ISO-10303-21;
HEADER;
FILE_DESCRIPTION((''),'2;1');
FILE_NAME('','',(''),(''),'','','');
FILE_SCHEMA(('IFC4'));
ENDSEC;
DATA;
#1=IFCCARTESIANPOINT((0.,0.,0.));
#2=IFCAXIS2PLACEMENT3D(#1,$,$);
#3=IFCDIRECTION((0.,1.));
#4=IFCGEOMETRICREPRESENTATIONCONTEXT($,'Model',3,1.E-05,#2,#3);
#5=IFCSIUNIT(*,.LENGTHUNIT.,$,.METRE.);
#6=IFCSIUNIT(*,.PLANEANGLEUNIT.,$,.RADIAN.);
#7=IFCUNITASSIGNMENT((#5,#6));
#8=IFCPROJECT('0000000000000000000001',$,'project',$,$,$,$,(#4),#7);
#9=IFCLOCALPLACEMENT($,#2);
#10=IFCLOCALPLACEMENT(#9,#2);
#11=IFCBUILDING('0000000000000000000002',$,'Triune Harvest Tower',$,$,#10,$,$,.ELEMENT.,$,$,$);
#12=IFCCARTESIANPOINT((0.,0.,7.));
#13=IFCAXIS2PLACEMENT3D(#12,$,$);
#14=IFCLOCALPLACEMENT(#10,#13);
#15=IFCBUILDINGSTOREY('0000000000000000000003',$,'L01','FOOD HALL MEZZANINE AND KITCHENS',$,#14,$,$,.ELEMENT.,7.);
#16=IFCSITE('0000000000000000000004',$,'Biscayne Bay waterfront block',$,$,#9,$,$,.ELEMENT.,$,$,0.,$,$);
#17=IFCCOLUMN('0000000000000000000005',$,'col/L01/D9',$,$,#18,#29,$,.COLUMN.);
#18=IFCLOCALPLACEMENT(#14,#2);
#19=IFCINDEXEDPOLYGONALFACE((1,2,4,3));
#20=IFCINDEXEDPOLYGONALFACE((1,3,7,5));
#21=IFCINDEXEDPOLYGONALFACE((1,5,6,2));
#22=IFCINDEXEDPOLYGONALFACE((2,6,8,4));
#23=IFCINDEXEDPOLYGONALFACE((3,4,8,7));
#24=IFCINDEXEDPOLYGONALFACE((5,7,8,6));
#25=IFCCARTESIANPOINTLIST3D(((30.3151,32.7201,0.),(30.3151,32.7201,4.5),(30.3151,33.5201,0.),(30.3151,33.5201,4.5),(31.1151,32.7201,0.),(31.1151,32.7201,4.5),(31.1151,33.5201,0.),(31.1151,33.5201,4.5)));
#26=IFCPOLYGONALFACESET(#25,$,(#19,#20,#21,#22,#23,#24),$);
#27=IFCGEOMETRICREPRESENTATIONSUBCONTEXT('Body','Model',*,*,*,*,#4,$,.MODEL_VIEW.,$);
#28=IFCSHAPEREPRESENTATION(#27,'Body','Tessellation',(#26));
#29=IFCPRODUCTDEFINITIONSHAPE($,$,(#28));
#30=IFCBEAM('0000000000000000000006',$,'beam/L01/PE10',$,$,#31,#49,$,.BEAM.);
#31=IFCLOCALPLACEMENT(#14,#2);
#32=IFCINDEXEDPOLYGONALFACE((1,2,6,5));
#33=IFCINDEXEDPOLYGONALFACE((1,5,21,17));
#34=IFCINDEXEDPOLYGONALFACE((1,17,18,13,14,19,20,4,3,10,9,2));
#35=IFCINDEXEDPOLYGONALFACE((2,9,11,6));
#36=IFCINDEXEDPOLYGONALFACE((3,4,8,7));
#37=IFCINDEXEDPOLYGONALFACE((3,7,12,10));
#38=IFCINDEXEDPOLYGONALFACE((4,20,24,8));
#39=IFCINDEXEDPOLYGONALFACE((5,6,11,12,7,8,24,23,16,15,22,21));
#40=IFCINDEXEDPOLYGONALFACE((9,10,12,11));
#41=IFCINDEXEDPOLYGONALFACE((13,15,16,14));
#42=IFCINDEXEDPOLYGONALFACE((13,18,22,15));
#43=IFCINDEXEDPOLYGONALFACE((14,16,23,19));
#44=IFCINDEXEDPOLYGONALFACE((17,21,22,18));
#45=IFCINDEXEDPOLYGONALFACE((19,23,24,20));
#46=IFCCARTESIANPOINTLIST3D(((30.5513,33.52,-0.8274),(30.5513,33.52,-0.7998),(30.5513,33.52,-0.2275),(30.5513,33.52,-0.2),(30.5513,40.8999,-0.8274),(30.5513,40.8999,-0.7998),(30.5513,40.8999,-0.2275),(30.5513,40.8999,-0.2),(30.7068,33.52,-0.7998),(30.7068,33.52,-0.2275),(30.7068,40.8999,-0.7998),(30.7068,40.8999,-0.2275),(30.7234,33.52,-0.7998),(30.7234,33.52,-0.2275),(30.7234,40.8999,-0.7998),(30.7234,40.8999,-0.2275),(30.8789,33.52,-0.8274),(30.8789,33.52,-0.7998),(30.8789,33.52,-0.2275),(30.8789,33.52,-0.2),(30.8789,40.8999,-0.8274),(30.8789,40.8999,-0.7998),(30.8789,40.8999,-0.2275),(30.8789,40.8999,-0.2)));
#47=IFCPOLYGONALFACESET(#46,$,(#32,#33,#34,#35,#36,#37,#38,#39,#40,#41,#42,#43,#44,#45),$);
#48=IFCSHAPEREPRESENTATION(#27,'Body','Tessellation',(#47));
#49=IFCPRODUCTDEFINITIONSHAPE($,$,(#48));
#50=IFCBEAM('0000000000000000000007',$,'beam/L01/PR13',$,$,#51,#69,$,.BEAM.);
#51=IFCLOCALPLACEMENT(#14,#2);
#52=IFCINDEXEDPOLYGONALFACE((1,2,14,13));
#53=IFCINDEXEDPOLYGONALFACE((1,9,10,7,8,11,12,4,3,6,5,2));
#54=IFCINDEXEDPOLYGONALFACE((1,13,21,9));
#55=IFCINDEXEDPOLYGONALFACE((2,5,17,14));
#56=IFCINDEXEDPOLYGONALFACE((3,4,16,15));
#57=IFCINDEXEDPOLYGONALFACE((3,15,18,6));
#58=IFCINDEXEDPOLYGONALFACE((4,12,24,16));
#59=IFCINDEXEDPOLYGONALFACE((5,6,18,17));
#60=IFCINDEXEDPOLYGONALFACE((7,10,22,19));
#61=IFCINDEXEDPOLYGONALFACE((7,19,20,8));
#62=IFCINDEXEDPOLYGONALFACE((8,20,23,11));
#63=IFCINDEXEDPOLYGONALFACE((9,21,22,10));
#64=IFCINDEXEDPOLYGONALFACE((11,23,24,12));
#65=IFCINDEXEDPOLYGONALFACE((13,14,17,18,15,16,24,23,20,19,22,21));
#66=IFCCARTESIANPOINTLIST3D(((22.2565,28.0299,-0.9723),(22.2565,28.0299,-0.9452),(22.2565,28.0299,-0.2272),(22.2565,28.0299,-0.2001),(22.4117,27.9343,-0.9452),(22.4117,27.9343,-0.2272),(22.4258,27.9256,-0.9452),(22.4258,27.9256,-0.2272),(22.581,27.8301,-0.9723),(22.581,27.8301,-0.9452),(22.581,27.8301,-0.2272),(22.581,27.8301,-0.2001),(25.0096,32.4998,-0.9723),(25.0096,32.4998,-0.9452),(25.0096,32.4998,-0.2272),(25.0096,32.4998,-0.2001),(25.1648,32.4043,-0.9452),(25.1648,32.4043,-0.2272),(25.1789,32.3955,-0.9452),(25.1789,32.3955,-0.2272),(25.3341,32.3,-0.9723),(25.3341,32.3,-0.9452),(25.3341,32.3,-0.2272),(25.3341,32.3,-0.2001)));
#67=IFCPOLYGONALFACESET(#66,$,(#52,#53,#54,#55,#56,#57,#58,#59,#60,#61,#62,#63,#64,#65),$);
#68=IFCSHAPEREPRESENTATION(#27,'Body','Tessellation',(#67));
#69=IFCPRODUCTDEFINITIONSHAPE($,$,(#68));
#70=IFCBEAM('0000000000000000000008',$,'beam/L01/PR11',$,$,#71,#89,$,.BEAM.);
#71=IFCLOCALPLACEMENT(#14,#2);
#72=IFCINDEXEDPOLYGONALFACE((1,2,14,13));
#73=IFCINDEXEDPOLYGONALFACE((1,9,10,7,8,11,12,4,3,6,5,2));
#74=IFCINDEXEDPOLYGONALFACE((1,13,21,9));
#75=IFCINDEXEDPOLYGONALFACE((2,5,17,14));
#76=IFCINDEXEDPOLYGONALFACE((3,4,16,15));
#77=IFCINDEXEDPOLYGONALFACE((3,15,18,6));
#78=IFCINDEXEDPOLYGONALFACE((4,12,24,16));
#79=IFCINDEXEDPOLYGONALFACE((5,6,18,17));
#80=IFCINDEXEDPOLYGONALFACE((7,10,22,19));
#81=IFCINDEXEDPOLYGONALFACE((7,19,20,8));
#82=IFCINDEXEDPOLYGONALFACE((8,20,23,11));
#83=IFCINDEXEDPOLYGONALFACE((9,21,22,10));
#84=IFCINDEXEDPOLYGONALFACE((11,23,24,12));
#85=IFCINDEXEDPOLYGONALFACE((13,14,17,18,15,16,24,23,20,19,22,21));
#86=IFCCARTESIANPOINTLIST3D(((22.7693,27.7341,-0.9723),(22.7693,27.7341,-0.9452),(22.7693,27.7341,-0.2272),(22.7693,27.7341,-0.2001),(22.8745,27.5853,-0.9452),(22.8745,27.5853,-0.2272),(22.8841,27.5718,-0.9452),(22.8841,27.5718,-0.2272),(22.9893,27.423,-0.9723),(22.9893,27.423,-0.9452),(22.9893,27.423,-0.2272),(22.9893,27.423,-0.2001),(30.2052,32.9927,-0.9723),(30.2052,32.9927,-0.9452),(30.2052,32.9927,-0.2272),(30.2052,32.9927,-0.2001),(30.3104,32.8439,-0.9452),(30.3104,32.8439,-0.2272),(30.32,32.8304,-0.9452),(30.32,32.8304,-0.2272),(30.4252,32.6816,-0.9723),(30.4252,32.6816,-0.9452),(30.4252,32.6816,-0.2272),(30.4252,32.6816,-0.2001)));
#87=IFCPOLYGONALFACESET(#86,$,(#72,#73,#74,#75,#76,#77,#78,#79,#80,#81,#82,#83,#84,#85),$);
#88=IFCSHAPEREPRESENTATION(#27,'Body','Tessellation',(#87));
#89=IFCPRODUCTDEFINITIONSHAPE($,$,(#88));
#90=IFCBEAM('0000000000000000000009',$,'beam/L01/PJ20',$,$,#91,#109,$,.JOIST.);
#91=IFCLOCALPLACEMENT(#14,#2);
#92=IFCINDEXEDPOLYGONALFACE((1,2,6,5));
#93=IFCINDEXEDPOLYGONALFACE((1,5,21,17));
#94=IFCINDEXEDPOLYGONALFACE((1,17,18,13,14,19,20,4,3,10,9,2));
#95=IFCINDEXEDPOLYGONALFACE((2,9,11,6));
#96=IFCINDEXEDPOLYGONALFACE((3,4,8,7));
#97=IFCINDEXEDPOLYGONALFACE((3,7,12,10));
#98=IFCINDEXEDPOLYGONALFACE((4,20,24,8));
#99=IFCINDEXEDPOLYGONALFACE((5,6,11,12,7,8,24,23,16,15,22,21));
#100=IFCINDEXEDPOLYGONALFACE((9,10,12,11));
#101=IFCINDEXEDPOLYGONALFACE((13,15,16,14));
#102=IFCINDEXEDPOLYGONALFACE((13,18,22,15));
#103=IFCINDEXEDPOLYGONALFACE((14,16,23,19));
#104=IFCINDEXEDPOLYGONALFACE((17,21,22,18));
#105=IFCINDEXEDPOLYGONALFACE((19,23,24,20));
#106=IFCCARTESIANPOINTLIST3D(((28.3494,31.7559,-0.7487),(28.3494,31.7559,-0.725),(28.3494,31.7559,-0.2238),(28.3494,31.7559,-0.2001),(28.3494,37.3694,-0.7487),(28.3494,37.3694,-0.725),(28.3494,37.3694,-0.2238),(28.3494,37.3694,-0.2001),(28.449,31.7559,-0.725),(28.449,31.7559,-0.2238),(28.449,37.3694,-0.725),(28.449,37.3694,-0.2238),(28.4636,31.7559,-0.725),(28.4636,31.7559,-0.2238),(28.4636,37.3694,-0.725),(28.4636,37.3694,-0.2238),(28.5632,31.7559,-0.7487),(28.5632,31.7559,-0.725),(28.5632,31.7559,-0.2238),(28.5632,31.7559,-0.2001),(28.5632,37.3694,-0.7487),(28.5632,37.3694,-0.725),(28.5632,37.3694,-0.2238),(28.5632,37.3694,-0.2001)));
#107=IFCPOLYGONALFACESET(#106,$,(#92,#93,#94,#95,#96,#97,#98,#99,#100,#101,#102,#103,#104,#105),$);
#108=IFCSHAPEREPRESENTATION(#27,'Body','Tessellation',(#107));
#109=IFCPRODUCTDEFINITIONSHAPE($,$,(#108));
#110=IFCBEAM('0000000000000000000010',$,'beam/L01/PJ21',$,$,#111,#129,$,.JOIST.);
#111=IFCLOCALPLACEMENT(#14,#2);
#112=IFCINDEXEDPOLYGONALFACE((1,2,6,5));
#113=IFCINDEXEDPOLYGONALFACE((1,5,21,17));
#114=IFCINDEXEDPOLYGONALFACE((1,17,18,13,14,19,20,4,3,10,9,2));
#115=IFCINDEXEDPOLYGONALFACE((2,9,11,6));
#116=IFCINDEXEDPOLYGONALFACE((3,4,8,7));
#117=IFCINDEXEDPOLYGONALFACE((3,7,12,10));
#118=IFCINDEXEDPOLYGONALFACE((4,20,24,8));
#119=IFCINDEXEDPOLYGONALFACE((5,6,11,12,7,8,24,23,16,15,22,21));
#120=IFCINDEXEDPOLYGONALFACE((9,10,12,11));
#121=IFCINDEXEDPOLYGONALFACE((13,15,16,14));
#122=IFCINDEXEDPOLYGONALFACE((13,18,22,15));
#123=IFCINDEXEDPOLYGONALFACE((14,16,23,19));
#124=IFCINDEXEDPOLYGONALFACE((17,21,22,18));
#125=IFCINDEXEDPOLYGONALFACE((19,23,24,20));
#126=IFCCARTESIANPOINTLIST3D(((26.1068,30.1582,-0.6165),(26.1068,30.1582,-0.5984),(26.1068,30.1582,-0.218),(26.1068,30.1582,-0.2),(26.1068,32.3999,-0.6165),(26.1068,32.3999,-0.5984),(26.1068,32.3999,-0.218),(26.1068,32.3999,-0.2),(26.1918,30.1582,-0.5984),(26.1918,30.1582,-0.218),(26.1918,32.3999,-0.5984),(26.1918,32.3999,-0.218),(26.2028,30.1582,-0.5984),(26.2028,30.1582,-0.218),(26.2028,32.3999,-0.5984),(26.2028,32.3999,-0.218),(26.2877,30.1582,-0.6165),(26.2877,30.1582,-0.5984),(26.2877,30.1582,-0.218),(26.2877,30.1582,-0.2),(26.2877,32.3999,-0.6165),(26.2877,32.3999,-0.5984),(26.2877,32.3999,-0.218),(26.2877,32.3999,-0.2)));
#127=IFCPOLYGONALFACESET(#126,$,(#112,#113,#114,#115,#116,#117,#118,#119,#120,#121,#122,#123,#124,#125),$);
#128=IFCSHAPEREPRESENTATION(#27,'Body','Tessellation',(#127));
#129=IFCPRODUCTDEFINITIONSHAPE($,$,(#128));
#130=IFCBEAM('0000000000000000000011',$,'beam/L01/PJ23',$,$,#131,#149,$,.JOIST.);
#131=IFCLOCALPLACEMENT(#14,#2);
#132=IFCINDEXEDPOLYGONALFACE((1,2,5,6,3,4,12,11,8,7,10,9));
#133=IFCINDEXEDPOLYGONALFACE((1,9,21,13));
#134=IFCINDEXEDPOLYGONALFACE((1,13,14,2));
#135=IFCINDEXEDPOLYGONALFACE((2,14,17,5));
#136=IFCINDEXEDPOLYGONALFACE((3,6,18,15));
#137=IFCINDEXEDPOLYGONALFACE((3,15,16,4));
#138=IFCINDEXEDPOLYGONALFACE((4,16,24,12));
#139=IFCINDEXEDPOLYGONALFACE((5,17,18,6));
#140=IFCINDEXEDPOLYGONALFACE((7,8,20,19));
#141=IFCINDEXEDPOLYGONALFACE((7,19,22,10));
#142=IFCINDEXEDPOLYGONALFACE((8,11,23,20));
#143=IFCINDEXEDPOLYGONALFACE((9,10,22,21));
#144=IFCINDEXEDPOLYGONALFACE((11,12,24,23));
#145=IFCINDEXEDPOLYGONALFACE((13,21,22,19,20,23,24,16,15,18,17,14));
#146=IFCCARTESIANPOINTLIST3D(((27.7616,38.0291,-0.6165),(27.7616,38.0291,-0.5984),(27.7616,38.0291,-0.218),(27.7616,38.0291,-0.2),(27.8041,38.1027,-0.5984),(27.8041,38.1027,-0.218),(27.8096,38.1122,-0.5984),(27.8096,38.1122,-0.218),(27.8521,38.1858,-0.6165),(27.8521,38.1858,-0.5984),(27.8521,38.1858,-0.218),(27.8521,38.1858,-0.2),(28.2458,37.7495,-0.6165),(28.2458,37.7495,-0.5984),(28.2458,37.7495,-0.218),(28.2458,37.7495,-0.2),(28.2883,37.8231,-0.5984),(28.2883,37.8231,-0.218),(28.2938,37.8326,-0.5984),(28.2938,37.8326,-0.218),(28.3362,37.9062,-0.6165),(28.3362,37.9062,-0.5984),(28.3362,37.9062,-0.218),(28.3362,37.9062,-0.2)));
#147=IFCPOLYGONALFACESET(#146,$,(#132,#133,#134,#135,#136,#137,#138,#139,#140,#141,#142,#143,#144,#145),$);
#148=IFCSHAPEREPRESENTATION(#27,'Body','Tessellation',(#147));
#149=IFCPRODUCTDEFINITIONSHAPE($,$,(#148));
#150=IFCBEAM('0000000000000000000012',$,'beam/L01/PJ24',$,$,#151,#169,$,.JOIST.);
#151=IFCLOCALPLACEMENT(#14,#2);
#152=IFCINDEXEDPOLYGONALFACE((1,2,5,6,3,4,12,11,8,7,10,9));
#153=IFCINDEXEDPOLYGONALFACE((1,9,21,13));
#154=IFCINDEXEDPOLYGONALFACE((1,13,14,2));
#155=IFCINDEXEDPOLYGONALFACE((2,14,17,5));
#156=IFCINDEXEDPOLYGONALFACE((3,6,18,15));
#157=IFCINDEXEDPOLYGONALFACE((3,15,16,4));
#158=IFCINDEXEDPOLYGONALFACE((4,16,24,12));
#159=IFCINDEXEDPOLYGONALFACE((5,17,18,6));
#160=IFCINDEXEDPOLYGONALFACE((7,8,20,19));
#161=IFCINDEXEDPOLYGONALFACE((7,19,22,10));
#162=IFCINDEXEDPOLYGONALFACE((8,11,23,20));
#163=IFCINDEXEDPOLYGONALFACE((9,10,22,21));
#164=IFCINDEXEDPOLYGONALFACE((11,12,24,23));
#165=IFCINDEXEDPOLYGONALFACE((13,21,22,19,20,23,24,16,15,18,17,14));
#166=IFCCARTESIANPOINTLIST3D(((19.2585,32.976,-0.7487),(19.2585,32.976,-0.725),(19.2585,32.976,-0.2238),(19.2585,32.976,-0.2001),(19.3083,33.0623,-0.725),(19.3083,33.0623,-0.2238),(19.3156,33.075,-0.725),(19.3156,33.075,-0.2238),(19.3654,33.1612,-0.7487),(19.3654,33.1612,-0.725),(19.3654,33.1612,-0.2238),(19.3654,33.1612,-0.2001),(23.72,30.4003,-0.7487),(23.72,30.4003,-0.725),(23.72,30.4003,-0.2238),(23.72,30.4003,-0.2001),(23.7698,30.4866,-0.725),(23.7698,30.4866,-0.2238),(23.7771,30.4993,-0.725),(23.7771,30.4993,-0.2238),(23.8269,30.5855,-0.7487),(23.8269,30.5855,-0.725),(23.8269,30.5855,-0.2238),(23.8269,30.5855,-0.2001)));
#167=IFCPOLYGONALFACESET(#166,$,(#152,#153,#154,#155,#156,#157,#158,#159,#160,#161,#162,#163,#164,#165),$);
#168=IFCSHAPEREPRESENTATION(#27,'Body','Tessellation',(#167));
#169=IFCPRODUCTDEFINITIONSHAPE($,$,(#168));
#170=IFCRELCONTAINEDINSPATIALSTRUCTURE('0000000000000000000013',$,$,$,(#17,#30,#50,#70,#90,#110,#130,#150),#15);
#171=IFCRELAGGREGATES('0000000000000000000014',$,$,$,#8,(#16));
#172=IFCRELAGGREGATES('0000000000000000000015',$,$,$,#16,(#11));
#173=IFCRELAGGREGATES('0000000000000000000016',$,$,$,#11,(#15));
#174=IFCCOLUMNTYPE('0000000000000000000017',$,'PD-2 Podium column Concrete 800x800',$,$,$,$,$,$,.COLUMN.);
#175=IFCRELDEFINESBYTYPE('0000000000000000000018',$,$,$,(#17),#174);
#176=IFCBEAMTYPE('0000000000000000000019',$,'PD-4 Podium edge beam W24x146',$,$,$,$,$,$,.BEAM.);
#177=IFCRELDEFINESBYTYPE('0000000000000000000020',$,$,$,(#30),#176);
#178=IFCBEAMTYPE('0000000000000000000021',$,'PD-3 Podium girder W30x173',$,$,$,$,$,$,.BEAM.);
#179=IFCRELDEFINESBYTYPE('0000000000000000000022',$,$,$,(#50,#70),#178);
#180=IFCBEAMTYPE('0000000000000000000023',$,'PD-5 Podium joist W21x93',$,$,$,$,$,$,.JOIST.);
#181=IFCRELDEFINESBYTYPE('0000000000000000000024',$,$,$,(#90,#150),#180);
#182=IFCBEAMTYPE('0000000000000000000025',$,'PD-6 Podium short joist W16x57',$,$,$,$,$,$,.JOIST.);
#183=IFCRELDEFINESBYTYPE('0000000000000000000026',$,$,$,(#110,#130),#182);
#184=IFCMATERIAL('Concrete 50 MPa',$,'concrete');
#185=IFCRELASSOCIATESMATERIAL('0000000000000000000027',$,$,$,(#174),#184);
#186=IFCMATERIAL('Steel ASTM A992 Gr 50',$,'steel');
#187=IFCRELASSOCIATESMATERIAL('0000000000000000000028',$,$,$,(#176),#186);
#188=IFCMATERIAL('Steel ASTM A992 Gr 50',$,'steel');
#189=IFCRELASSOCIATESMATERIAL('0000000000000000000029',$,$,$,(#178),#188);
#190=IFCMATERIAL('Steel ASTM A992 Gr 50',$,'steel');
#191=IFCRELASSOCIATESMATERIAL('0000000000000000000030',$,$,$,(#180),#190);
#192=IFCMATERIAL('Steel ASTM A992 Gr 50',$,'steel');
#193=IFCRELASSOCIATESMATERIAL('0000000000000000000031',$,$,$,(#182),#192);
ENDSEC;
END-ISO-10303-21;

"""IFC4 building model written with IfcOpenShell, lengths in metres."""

from ifc_helpers import new_model, si_unit, direction, frame, origin, origin_2d, place, context, subcontext, project, spatial, rectangle, i_section, extrude, source, transform, mapped, material, material_profile, profile_set, type_object, element, save


model = new_model("IFC4")

# Units and contexts
model_context = context("Model", 3, precision=1e-05, world=origin(), true_north=direction((0.0, 1.0)))
body_context = subcontext(model_context, "Body", "Model", "MODEL_VIEW")
ifc_project = project(units=[si_unit("LENGTHUNIT", "METRE"), si_unit("PLANEANGLEUNIT", "RADIAN")], contexts=[model_context])

# Site, building, storey
site_placement = place(None, origin())
site = spatial("IfcSite", under=ifc_project, at=site_placement, Name="Biscayne Bay waterfront block", CompositionType="ELEMENT", RefElevation=0.0)
building_placement = place(site_placement, origin())
building = spatial("IfcBuilding", under=site, at=building_placement, Name="Triune Harvest Tower", CompositionType="ELEMENT")
storey_placement = place(building_placement, frame((0.0, 0.0, 7.0)))
storey = spatial("IfcBuildingStorey", under=building, at=storey_placement, Name="L01", Description="FOOD HALL MEZZANINE AND KITCHENS", CompositionType="ELEMENT", Elevation=7.0)

# Column
ifc_material_1 = material(Name="Concrete 50 MPa", Category="concrete")
ifc_material_profile_1 = material_profile(ifc_material_1, rectangle(XDim=0.8, YDim=0.8, at=origin_2d()), Name="Concrete 800x800")
ifc_profile_set_1 = profile_set([ifc_material_profile_1], Name="Concrete 50 MPa")
column_type = type_object("IfcColumnType", Name="PD-2 Podium column Concrete 800x800", PredefinedType="COLUMN", material=ifc_profile_set_1)
shared_shape_1 = source(origin(), body_context, "Body", "SweptSolid", [
    extrude(rectangle(XDim=0.8, YDim=0.8, at=origin_2d()), origin(), (0.0, 0.0, 1.0), 4.5),
])
column_placement = place(storey_placement, frame((30.7151, 33.1201, 0.0), z_axis=(0.0, 0.0, 1.0), x_axis=(0.0, 1.0, 0.0)))
element("IfcColumn", 1, at=column_placement, inside=storey, type_object=column_type, Name="col/L01/D9", PredefinedType="COLUMN", context=body_context, shape_type="MappedRepresentation", body=[
    mapped(shared_shape_1, transform((0.0, 0.0, 0.0), scale=1.0)),
])

# Beams
ifc_material_2 = material(Name="Steel ASTM A992 Gr 50", Category="steel")
ifc_material_profile_2 = material_profile(ifc_material_2, i_section(OverallWidth=0.3276, OverallDepth=0.6274, WebThickness=0.0166, FlangeThickness=0.0276, at=origin_2d()), Name="W24x146")
ifc_profile_set_2 = profile_set([ifc_material_profile_2], Name="Steel ASTM A992 Gr 50")
beam_type_1 = type_object("IfcBeamType", Name="PD-4 Podium edge beam W24x146", PredefinedType="BEAM", material=ifc_profile_set_2)
shared_shape_2 = source(origin(), body_context, "Body", "SweptSolid", [
    extrude(i_section(OverallWidth=0.3276, OverallDepth=0.6274, WebThickness=0.0166, FlangeThickness=0.0276, at=origin_2d()), origin(), (0.0, 0.0, 1.0), 7.3799),
])
beam_1_placement = place(storey_placement, frame((30.7151, 33.52, -0.5137), z_axis=(0.0, 1.0, 0.0), x_axis=(-1.0, 0.0, 0.0)))
element("IfcBeam", 2, at=beam_1_placement, inside=storey, type_object=beam_type_1, Name="beam/L01/PE10", PredefinedType="BEAM", context=body_context, shape_type="MappedRepresentation", body=[
    mapped(shared_shape_2, transform((0.0, 0.0, 0.0), scale=1.0)),
])
ifc_material_3 = material(Name="Steel ASTM A992 Gr 50", Category="steel")
ifc_material_profile_3 = material_profile(ifc_material_3, i_section(OverallWidth=0.3811, OverallDepth=0.7722, WebThickness=0.0166, FlangeThickness=0.0271, at=origin_2d()), Name="W30x173")
ifc_profile_set_3 = profile_set([ifc_material_profile_3], Name="Steel ASTM A992 Gr 50")
beam_type_2 = type_object("IfcBeamType", Name="PD-3 Podium girder W30x173", PredefinedType="BEAM", material=ifc_profile_set_3)
shared_shape_3 = source(origin(), body_context, "Body", "SweptSolid", [
    extrude(i_section(OverallWidth=0.3811, OverallDepth=0.7722, WebThickness=0.0166, FlangeThickness=0.0271, at=origin_2d()), origin(), (0.0, 0.0, 1.0), 5.2498),
])
beam_2_placement = place(storey_placement, frame((25.1719, 32.3999, -0.5862), z_axis=(-0.524432, -0.851452, 0.0), x_axis=(0.851452, -0.524432, 0.0)))
element("IfcBeam", 3, at=beam_2_placement, inside=storey, type_object=beam_type_2, Name="beam/L01/PR13", PredefinedType="BEAM", context=body_context, shape_type="MappedRepresentation", body=[
    mapped(shared_shape_3, transform((0.0, 0.0, 0.0), scale=1.0)),
])
shared_shape_4 = source(origin(), body_context, "Body", "SweptSolid", [
    extrude(i_section(OverallWidth=0.3811, OverallDepth=0.7722, WebThickness=0.0166, FlangeThickness=0.0271, at=origin_2d()), origin(), (0.0, 0.0, 1.0), 9.1074),
])
beam_3_placement = place(storey_placement, frame((30.3152, 32.8372, -0.5862), z_axis=(-0.816463, -0.577398, 0.0), x_axis=(0.577398, -0.816463, 0.0)))
element("IfcBeam", 4, at=beam_3_placement, inside=storey, type_object=beam_type_2, Name="beam/L01/PR11", PredefinedType="BEAM", context=body_context, shape_type="MappedRepresentation", body=[
    mapped(shared_shape_4, transform((0.0, 0.0, 0.0), scale=1.0)),
])
ifc_material_4 = material(Name="Steel ASTM A992 Gr 50", Category="steel")
ifc_material_profile_4 = material_profile(ifc_material_4, i_section(OverallWidth=0.2139, OverallDepth=0.5486, WebThickness=0.0146, FlangeThickness=0.0237, at=origin_2d()), Name="W21x93")
ifc_profile_set_4 = profile_set([ifc_material_profile_4], Name="Steel ASTM A992 Gr 50")
beam_type_3 = type_object("IfcBeamType", Name="PD-5 Podium joist W21x93", PredefinedType="JOIST", material=ifc_profile_set_4)
shared_shape_5 = source(origin(), body_context, "Body", "SweptSolid", [
    extrude(i_section(OverallWidth=0.2139, OverallDepth=0.5486, WebThickness=0.0146, FlangeThickness=0.0237, at=origin_2d()), origin(), (0.0, 0.0, 1.0), 5.6135),
])
beam_4_placement = place(storey_placement, frame((28.4563, 31.7559, -0.4744), z_axis=(0.0, 1.0, 0.0), x_axis=(-1.0, 0.0, 0.0)))
element("IfcBeam", 5, at=beam_4_placement, inside=storey, type_object=beam_type_3, Name="beam/L01/PJ20", PredefinedType="JOIST", context=body_context, shape_type="MappedRepresentation", body=[
    mapped(shared_shape_5, transform((0.0, 0.0, 0.0), scale=1.0)),
])
ifc_material_5 = material(Name="Steel ASTM A992 Gr 50", Category="steel")
ifc_material_profile_5 = material_profile(ifc_material_5, i_section(OverallWidth=0.1809, OverallDepth=0.4165, WebThickness=0.011, FlangeThickness=0.0181, at=origin_2d()), Name="W16x57")
ifc_profile_set_5 = profile_set([ifc_material_profile_5], Name="Steel ASTM A992 Gr 50")
beam_type_4 = type_object("IfcBeamType", Name="PD-6 Podium short joist W16x57", PredefinedType="JOIST", material=ifc_profile_set_5)
shared_shape_6 = source(origin(), body_context, "Body", "SweptSolid", [
    extrude(i_section(OverallWidth=0.1809, OverallDepth=0.4165, WebThickness=0.011, FlangeThickness=0.0181, at=origin_2d()), origin(), (0.0, 0.0, 1.0), 2.2417),
])
beam_5_placement = place(storey_placement, frame((26.1973, 30.1582, -0.4082), z_axis=(0.0, 1.0, 0.0), x_axis=(-1.0, 0.0, 0.0)))
element("IfcBeam", 6, at=beam_5_placement, inside=storey, type_object=beam_type_4, Name="beam/L01/PJ21", PredefinedType="JOIST", context=body_context, shape_type="MappedRepresentation", body=[
    mapped(shared_shape_6, transform((0.0, 0.0, 0.0), scale=1.0)),
])
shared_shape_7 = source(origin(), body_context, "Body", "SweptSolid", [
    extrude(i_section(OverallWidth=0.1809, OverallDepth=0.4165, WebThickness=0.011, FlangeThickness=0.0181, at=origin_2d()), origin(), (0.0, 0.0, 1.0), 0.5591),
])
beam_6_placement = place(storey_placement, frame((28.291, 37.8279, -0.4082), z_axis=(-0.866004, 0.500037, 0.0), x_axis=(-0.500037, -0.866004, 0.0)))
element("IfcBeam", 7, at=beam_6_placement, inside=storey, type_object=beam_type_4, Name="beam/L01/PJ23", PredefinedType="JOIST", context=body_context, shape_type="MappedRepresentation", body=[
    mapped(shared_shape_7, transform((0.0, 0.0, 0.0), scale=1.0)),
])
shared_shape_8 = source(origin(), body_context, "Body", "SweptSolid", [
    extrude(i_section(OverallWidth=0.2139, OverallDepth=0.5486, WebThickness=0.0146, FlangeThickness=0.0237, at=origin_2d()), origin(), (0.0, 0.0, 1.0), 5.1516),
])
beam_7_placement = place(storey_placement, frame((23.7734, 30.4929, -0.4744), z_axis=(-0.866036, 0.499982, 0.0), x_axis=(-0.499982, -0.866036, 0.0)))
element("IfcBeam", 8, at=beam_7_placement, inside=storey, type_object=beam_type_3, Name="beam/L01/PJ24", PredefinedType="JOIST", context=body_context, shape_type="MappedRepresentation", body=[
    mapped(shared_shape_8, transform((0.0, 0.0, 0.0), scale=1.0)),
])

save(model, "model.ifc")
